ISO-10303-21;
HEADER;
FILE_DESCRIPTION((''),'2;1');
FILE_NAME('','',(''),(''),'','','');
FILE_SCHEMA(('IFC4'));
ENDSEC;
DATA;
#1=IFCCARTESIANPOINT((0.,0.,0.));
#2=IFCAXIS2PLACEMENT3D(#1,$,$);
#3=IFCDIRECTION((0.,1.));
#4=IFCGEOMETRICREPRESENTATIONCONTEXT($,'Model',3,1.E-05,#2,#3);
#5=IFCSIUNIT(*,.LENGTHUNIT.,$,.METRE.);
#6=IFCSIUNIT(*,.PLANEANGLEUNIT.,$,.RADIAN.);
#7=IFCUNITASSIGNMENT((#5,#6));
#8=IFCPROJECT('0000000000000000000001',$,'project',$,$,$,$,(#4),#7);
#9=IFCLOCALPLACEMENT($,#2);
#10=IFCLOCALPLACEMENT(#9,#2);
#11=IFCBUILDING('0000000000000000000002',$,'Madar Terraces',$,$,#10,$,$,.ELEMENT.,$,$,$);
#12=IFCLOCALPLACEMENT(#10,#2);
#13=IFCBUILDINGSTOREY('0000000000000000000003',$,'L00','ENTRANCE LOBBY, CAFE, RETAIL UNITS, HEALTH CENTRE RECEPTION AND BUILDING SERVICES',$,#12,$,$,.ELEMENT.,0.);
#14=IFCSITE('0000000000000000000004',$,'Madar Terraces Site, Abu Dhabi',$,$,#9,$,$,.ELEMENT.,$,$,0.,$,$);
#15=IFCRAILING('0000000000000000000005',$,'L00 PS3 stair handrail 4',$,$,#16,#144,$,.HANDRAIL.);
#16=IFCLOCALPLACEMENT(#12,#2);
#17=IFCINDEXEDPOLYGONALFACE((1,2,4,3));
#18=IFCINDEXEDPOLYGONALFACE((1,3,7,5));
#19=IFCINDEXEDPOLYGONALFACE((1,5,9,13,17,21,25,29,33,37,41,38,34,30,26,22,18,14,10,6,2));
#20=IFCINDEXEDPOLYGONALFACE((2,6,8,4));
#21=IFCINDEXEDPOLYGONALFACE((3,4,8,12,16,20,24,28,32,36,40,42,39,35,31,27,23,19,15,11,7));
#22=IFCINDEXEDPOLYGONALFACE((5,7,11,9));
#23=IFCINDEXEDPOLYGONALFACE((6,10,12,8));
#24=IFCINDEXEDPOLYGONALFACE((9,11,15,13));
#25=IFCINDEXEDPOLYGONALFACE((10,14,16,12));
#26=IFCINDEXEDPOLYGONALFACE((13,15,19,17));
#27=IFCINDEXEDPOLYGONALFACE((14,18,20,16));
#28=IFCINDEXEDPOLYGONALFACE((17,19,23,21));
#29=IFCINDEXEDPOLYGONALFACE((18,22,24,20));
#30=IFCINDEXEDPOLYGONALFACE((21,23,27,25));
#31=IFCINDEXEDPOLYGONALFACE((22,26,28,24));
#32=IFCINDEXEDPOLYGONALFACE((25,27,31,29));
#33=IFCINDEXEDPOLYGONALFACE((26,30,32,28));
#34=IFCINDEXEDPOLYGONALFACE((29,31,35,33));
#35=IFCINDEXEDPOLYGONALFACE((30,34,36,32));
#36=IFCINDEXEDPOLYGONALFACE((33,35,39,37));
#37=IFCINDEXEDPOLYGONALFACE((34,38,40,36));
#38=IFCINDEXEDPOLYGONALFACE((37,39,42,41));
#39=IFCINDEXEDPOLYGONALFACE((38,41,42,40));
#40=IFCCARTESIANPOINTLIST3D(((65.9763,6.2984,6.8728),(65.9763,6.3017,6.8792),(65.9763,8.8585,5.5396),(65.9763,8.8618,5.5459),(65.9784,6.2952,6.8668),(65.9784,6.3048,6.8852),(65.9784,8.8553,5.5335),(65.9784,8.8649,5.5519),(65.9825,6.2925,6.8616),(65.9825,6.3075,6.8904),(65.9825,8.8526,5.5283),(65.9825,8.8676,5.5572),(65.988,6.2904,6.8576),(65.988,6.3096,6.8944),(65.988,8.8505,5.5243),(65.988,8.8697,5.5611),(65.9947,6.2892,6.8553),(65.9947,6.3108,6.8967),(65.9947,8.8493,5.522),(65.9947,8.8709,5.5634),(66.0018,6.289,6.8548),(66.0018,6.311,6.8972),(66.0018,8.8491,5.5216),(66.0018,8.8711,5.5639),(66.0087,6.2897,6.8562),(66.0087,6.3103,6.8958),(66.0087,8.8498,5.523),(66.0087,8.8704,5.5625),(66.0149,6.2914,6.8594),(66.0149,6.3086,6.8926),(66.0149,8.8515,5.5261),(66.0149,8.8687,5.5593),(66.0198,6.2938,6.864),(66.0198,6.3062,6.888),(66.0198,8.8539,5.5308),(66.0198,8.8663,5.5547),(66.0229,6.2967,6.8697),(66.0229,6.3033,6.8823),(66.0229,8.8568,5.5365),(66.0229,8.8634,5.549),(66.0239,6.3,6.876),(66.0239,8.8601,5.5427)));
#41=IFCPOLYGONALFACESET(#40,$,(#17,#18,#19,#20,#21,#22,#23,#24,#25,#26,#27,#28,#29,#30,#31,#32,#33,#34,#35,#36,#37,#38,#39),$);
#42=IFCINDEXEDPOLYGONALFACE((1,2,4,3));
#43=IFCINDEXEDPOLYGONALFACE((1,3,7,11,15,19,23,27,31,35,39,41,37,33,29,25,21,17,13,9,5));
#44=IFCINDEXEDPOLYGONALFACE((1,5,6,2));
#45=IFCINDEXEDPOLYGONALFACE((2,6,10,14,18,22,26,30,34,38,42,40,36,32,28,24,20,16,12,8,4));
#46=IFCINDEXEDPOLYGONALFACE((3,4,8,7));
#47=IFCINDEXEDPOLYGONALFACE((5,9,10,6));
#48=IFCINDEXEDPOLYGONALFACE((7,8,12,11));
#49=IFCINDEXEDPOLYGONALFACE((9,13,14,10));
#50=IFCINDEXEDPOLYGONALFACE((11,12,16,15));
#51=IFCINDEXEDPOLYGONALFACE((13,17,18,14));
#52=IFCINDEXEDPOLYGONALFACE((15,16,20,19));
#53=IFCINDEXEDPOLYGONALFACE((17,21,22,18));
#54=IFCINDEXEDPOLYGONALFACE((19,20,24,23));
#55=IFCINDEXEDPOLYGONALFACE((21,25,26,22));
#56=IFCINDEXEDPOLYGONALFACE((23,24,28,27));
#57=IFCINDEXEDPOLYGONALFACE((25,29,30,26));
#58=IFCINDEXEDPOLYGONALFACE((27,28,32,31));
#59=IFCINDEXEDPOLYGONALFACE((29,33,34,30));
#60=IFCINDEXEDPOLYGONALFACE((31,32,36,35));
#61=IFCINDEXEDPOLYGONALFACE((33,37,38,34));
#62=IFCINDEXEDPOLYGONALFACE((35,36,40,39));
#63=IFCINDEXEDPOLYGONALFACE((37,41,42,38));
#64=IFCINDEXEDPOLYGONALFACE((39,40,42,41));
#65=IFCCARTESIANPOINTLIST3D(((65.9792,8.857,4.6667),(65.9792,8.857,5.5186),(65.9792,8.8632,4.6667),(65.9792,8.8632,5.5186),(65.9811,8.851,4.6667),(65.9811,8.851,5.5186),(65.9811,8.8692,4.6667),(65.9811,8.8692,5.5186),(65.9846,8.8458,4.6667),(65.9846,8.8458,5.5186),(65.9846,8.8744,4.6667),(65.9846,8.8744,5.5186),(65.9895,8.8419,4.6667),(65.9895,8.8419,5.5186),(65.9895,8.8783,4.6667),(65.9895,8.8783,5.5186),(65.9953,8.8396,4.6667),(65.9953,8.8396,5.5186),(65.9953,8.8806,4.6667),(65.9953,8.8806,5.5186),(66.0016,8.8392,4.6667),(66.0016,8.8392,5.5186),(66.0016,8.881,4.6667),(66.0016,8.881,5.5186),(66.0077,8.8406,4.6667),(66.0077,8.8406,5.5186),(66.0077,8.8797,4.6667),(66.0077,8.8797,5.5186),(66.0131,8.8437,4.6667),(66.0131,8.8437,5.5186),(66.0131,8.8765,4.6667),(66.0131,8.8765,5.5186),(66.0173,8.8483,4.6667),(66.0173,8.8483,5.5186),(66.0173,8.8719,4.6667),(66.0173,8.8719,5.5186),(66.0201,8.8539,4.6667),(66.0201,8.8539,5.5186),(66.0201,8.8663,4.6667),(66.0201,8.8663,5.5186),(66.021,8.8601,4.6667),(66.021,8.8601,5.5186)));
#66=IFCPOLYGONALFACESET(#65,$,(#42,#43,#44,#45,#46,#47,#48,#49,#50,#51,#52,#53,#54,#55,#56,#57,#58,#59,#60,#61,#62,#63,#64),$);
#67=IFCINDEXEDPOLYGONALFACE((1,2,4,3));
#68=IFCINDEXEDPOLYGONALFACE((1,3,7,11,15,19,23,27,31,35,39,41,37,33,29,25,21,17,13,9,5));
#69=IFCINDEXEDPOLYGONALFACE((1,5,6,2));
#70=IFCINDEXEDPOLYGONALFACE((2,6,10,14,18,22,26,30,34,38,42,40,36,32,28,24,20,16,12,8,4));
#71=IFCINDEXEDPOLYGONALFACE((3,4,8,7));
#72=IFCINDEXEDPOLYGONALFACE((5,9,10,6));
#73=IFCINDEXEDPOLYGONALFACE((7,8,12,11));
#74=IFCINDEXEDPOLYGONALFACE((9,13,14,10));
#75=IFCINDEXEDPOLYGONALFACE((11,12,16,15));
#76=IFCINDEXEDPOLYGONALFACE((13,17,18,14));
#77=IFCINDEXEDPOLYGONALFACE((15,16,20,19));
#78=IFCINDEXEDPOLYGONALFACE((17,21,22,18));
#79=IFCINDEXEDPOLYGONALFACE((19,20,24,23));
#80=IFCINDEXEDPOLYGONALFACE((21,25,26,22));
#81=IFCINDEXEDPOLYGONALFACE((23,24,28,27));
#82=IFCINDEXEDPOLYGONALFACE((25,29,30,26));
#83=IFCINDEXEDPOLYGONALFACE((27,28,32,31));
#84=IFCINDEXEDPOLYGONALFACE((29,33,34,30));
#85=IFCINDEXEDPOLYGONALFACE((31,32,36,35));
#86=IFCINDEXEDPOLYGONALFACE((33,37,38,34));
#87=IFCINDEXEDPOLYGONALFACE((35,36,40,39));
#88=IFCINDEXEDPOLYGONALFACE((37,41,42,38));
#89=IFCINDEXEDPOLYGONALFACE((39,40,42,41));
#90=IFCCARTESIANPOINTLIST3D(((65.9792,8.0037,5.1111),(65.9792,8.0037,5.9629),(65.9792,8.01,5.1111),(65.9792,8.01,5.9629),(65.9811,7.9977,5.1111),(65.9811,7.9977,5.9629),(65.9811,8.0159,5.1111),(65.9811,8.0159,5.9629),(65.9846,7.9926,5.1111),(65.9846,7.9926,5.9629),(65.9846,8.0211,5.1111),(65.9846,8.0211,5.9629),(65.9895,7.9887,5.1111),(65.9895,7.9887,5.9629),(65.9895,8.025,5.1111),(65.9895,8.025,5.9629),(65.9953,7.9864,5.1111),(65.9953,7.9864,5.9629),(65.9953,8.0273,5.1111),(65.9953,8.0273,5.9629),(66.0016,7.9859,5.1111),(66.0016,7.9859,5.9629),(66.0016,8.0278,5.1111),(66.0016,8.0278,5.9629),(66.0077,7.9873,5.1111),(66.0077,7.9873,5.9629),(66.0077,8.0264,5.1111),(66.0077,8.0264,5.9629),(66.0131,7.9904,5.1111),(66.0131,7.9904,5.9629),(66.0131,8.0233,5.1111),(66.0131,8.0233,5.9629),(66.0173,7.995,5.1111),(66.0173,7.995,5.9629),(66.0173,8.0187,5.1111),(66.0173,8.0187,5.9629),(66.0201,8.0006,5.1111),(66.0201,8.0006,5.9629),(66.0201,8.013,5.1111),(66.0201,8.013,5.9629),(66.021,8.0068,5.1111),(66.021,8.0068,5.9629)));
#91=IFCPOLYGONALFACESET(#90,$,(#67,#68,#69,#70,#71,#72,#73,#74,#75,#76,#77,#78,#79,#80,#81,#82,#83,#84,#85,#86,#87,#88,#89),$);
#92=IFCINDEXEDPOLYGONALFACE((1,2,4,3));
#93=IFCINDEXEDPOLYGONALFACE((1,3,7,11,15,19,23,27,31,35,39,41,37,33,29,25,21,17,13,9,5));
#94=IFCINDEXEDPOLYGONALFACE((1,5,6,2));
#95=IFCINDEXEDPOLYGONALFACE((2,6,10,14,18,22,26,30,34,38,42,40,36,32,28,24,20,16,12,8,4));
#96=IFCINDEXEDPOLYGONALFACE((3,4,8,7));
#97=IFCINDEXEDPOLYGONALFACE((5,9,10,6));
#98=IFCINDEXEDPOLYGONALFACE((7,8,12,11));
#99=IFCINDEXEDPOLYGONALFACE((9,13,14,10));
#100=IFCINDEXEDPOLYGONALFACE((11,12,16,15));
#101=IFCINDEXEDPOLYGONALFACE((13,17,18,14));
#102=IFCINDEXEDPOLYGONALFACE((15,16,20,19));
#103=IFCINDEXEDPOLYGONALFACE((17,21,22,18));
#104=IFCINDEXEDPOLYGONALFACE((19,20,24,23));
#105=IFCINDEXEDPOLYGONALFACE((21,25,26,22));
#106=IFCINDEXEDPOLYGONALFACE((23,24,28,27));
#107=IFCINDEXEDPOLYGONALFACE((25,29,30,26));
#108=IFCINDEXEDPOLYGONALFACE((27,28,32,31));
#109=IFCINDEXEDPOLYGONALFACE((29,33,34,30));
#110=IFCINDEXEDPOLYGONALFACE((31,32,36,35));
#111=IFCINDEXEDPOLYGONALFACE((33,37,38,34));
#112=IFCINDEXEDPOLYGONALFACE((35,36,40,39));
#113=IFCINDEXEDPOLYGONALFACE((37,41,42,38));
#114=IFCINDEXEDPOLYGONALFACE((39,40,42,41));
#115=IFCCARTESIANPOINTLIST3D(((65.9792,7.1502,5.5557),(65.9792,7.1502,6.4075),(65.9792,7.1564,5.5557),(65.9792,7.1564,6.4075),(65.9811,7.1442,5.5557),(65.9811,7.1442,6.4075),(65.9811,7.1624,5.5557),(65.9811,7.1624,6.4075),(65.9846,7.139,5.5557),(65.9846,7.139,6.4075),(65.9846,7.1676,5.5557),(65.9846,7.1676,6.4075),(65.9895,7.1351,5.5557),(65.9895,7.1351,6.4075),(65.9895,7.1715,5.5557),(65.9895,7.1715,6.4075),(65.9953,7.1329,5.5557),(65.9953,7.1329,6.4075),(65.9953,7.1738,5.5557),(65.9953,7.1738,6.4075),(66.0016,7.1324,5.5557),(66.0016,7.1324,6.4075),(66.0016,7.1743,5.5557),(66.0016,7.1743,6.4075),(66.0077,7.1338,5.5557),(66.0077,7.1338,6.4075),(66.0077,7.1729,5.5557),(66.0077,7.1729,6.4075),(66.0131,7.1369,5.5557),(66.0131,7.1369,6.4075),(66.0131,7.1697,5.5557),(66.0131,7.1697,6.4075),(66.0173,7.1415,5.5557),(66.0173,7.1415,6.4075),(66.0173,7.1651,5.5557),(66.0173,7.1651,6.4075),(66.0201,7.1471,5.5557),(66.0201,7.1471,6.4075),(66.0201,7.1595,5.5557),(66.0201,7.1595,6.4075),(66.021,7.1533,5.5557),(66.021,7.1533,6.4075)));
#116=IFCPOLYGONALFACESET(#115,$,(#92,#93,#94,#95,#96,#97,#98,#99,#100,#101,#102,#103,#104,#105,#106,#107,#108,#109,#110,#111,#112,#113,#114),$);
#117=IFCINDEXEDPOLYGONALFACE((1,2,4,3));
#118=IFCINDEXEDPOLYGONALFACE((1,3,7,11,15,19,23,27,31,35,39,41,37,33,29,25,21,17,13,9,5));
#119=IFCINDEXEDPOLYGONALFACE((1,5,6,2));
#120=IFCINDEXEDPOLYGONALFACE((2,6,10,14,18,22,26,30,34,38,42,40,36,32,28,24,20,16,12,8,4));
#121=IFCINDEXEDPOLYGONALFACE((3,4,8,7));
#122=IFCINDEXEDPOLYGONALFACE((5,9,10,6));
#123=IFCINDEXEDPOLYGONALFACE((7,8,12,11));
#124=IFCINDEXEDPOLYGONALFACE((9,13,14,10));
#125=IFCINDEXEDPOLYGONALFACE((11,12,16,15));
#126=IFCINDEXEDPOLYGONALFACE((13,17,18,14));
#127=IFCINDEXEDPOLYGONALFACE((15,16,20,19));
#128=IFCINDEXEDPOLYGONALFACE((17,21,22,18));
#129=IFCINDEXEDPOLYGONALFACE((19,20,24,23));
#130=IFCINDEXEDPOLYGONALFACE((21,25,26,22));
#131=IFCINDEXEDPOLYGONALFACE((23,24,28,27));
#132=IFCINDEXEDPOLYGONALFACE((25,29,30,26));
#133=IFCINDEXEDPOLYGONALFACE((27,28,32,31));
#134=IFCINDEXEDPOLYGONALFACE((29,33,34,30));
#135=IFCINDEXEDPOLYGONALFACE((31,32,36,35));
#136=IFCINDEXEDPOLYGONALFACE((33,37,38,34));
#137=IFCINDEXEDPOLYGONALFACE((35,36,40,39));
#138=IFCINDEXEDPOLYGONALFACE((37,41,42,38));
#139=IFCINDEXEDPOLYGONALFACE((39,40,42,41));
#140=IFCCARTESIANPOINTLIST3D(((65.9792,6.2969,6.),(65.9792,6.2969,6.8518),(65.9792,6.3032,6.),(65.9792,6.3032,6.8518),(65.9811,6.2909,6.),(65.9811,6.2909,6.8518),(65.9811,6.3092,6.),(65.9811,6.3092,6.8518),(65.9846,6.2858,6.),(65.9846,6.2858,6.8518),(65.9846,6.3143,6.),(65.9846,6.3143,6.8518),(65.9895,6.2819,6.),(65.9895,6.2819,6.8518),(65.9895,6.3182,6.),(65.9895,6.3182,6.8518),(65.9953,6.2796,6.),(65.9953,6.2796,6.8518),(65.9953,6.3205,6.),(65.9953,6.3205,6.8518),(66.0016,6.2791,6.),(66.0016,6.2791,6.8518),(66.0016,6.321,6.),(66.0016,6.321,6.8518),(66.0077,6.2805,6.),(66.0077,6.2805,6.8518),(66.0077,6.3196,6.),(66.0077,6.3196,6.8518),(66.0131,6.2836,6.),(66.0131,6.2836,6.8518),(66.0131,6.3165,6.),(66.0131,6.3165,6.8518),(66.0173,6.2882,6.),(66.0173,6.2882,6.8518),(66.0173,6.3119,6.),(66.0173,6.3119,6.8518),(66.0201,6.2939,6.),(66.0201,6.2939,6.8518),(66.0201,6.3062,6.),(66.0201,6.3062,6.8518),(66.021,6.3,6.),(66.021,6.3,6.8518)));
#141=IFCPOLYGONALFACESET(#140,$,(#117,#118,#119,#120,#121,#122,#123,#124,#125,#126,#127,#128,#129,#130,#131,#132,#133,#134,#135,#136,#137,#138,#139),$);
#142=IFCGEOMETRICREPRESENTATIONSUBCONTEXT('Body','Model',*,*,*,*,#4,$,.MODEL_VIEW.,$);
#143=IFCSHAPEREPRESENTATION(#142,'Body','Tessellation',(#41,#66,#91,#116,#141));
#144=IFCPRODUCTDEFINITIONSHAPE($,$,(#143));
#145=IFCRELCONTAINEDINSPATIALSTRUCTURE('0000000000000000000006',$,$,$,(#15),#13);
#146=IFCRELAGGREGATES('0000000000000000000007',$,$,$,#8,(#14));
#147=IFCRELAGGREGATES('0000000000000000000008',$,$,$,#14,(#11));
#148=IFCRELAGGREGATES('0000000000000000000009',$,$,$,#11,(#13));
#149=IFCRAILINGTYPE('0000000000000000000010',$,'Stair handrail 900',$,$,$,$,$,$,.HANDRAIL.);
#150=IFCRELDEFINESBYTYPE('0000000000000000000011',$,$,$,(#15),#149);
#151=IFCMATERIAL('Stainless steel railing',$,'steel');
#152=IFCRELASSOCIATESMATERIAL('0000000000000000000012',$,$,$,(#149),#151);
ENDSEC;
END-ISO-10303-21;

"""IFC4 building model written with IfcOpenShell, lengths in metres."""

from ifc_helpers import new_model, si_unit, direction, frame, origin, origin_2d, place, context, subcontext, project, spatial, circle, extrude, material, type_object, element, save


model = new_model("IFC4")

# Units and contexts
model_context = context("Model", 3, precision=1e-05, world=origin(), true_north=direction((0.0, 1.0)))
body_context = subcontext(model_context, "Body", "Model", "MODEL_VIEW")
ifc_project = project(units=[si_unit("LENGTHUNIT", "METRE"), si_unit("PLANEANGLEUNIT", "RADIAN")], contexts=[model_context])

# Site, building, storey
site_placement = place(None, origin())
site = spatial("IfcSite", under=ifc_project, at=site_placement, Name="Madar Terraces Site, Abu Dhabi", CompositionType="ELEMENT", RefElevation=0.0)
building_placement = place(site_placement, origin())
building = spatial("IfcBuilding", under=site, at=building_placement, Name="Madar Terraces", CompositionType="ELEMENT")
storey_placement = place(building_placement, origin())
storey = spatial("IfcBuildingStorey", under=building, at=storey_placement, Name="L00", Description="ENTRANCE LOBBY, CAFE, RETAIL UNITS, HEALTH CENTRE RECEPTION AND BUILDING SERVICES", CompositionType="ELEMENT", Elevation=0.0)

# Railing
ifc_material_1 = material(Name="Stainless steel railing", Category="steel")
railing_type_1 = type_object("IfcRailingType", Name="Stair handrail 900", PredefinedType="HANDRAIL", material=ifc_material_1)
railing_1_placement = place(storey_placement, frame((66.0, 8.8601, 4.6667)))
element("IfcRailing", 1, at=railing_1_placement, inside=storey, type_object=railing_type_1, Name="L00 PS3 stair handrail 4", PredefinedType="HANDRAIL", context=body_context, shape_type="SweptSolid", body=[
    extrude(circle(Radius=0.0239, at=origin_2d()), frame((0.0, 0.0, 0.876), z_axis=(0.0, -0.88693, 0.461904), x_axis=(1.0, 0.0, 0.0)), (0.0, 0.0, 1.0), 2.8865),
    extrude(circle(Radius=0.021, at=origin_2d()), origin(), (0.0, 0.0, 1.0), 0.8518),
    extrude(circle(Radius=0.021, at=origin_2d()), frame((0.0, -0.8533, 0.4443)), (0.0, 0.0, 1.0), 0.8518),
    extrude(circle(Radius=0.021, at=origin_2d()), frame((0.0, -1.7068, 0.8889)), (0.0, 0.0, 1.0), 0.8518),
    extrude(circle(Radius=0.021, at=origin_2d()), frame((0.0, -2.5601, 1.3333)), (0.0, 0.0, 1.0), 0.8518),
])

save(model, "model.ifc")
